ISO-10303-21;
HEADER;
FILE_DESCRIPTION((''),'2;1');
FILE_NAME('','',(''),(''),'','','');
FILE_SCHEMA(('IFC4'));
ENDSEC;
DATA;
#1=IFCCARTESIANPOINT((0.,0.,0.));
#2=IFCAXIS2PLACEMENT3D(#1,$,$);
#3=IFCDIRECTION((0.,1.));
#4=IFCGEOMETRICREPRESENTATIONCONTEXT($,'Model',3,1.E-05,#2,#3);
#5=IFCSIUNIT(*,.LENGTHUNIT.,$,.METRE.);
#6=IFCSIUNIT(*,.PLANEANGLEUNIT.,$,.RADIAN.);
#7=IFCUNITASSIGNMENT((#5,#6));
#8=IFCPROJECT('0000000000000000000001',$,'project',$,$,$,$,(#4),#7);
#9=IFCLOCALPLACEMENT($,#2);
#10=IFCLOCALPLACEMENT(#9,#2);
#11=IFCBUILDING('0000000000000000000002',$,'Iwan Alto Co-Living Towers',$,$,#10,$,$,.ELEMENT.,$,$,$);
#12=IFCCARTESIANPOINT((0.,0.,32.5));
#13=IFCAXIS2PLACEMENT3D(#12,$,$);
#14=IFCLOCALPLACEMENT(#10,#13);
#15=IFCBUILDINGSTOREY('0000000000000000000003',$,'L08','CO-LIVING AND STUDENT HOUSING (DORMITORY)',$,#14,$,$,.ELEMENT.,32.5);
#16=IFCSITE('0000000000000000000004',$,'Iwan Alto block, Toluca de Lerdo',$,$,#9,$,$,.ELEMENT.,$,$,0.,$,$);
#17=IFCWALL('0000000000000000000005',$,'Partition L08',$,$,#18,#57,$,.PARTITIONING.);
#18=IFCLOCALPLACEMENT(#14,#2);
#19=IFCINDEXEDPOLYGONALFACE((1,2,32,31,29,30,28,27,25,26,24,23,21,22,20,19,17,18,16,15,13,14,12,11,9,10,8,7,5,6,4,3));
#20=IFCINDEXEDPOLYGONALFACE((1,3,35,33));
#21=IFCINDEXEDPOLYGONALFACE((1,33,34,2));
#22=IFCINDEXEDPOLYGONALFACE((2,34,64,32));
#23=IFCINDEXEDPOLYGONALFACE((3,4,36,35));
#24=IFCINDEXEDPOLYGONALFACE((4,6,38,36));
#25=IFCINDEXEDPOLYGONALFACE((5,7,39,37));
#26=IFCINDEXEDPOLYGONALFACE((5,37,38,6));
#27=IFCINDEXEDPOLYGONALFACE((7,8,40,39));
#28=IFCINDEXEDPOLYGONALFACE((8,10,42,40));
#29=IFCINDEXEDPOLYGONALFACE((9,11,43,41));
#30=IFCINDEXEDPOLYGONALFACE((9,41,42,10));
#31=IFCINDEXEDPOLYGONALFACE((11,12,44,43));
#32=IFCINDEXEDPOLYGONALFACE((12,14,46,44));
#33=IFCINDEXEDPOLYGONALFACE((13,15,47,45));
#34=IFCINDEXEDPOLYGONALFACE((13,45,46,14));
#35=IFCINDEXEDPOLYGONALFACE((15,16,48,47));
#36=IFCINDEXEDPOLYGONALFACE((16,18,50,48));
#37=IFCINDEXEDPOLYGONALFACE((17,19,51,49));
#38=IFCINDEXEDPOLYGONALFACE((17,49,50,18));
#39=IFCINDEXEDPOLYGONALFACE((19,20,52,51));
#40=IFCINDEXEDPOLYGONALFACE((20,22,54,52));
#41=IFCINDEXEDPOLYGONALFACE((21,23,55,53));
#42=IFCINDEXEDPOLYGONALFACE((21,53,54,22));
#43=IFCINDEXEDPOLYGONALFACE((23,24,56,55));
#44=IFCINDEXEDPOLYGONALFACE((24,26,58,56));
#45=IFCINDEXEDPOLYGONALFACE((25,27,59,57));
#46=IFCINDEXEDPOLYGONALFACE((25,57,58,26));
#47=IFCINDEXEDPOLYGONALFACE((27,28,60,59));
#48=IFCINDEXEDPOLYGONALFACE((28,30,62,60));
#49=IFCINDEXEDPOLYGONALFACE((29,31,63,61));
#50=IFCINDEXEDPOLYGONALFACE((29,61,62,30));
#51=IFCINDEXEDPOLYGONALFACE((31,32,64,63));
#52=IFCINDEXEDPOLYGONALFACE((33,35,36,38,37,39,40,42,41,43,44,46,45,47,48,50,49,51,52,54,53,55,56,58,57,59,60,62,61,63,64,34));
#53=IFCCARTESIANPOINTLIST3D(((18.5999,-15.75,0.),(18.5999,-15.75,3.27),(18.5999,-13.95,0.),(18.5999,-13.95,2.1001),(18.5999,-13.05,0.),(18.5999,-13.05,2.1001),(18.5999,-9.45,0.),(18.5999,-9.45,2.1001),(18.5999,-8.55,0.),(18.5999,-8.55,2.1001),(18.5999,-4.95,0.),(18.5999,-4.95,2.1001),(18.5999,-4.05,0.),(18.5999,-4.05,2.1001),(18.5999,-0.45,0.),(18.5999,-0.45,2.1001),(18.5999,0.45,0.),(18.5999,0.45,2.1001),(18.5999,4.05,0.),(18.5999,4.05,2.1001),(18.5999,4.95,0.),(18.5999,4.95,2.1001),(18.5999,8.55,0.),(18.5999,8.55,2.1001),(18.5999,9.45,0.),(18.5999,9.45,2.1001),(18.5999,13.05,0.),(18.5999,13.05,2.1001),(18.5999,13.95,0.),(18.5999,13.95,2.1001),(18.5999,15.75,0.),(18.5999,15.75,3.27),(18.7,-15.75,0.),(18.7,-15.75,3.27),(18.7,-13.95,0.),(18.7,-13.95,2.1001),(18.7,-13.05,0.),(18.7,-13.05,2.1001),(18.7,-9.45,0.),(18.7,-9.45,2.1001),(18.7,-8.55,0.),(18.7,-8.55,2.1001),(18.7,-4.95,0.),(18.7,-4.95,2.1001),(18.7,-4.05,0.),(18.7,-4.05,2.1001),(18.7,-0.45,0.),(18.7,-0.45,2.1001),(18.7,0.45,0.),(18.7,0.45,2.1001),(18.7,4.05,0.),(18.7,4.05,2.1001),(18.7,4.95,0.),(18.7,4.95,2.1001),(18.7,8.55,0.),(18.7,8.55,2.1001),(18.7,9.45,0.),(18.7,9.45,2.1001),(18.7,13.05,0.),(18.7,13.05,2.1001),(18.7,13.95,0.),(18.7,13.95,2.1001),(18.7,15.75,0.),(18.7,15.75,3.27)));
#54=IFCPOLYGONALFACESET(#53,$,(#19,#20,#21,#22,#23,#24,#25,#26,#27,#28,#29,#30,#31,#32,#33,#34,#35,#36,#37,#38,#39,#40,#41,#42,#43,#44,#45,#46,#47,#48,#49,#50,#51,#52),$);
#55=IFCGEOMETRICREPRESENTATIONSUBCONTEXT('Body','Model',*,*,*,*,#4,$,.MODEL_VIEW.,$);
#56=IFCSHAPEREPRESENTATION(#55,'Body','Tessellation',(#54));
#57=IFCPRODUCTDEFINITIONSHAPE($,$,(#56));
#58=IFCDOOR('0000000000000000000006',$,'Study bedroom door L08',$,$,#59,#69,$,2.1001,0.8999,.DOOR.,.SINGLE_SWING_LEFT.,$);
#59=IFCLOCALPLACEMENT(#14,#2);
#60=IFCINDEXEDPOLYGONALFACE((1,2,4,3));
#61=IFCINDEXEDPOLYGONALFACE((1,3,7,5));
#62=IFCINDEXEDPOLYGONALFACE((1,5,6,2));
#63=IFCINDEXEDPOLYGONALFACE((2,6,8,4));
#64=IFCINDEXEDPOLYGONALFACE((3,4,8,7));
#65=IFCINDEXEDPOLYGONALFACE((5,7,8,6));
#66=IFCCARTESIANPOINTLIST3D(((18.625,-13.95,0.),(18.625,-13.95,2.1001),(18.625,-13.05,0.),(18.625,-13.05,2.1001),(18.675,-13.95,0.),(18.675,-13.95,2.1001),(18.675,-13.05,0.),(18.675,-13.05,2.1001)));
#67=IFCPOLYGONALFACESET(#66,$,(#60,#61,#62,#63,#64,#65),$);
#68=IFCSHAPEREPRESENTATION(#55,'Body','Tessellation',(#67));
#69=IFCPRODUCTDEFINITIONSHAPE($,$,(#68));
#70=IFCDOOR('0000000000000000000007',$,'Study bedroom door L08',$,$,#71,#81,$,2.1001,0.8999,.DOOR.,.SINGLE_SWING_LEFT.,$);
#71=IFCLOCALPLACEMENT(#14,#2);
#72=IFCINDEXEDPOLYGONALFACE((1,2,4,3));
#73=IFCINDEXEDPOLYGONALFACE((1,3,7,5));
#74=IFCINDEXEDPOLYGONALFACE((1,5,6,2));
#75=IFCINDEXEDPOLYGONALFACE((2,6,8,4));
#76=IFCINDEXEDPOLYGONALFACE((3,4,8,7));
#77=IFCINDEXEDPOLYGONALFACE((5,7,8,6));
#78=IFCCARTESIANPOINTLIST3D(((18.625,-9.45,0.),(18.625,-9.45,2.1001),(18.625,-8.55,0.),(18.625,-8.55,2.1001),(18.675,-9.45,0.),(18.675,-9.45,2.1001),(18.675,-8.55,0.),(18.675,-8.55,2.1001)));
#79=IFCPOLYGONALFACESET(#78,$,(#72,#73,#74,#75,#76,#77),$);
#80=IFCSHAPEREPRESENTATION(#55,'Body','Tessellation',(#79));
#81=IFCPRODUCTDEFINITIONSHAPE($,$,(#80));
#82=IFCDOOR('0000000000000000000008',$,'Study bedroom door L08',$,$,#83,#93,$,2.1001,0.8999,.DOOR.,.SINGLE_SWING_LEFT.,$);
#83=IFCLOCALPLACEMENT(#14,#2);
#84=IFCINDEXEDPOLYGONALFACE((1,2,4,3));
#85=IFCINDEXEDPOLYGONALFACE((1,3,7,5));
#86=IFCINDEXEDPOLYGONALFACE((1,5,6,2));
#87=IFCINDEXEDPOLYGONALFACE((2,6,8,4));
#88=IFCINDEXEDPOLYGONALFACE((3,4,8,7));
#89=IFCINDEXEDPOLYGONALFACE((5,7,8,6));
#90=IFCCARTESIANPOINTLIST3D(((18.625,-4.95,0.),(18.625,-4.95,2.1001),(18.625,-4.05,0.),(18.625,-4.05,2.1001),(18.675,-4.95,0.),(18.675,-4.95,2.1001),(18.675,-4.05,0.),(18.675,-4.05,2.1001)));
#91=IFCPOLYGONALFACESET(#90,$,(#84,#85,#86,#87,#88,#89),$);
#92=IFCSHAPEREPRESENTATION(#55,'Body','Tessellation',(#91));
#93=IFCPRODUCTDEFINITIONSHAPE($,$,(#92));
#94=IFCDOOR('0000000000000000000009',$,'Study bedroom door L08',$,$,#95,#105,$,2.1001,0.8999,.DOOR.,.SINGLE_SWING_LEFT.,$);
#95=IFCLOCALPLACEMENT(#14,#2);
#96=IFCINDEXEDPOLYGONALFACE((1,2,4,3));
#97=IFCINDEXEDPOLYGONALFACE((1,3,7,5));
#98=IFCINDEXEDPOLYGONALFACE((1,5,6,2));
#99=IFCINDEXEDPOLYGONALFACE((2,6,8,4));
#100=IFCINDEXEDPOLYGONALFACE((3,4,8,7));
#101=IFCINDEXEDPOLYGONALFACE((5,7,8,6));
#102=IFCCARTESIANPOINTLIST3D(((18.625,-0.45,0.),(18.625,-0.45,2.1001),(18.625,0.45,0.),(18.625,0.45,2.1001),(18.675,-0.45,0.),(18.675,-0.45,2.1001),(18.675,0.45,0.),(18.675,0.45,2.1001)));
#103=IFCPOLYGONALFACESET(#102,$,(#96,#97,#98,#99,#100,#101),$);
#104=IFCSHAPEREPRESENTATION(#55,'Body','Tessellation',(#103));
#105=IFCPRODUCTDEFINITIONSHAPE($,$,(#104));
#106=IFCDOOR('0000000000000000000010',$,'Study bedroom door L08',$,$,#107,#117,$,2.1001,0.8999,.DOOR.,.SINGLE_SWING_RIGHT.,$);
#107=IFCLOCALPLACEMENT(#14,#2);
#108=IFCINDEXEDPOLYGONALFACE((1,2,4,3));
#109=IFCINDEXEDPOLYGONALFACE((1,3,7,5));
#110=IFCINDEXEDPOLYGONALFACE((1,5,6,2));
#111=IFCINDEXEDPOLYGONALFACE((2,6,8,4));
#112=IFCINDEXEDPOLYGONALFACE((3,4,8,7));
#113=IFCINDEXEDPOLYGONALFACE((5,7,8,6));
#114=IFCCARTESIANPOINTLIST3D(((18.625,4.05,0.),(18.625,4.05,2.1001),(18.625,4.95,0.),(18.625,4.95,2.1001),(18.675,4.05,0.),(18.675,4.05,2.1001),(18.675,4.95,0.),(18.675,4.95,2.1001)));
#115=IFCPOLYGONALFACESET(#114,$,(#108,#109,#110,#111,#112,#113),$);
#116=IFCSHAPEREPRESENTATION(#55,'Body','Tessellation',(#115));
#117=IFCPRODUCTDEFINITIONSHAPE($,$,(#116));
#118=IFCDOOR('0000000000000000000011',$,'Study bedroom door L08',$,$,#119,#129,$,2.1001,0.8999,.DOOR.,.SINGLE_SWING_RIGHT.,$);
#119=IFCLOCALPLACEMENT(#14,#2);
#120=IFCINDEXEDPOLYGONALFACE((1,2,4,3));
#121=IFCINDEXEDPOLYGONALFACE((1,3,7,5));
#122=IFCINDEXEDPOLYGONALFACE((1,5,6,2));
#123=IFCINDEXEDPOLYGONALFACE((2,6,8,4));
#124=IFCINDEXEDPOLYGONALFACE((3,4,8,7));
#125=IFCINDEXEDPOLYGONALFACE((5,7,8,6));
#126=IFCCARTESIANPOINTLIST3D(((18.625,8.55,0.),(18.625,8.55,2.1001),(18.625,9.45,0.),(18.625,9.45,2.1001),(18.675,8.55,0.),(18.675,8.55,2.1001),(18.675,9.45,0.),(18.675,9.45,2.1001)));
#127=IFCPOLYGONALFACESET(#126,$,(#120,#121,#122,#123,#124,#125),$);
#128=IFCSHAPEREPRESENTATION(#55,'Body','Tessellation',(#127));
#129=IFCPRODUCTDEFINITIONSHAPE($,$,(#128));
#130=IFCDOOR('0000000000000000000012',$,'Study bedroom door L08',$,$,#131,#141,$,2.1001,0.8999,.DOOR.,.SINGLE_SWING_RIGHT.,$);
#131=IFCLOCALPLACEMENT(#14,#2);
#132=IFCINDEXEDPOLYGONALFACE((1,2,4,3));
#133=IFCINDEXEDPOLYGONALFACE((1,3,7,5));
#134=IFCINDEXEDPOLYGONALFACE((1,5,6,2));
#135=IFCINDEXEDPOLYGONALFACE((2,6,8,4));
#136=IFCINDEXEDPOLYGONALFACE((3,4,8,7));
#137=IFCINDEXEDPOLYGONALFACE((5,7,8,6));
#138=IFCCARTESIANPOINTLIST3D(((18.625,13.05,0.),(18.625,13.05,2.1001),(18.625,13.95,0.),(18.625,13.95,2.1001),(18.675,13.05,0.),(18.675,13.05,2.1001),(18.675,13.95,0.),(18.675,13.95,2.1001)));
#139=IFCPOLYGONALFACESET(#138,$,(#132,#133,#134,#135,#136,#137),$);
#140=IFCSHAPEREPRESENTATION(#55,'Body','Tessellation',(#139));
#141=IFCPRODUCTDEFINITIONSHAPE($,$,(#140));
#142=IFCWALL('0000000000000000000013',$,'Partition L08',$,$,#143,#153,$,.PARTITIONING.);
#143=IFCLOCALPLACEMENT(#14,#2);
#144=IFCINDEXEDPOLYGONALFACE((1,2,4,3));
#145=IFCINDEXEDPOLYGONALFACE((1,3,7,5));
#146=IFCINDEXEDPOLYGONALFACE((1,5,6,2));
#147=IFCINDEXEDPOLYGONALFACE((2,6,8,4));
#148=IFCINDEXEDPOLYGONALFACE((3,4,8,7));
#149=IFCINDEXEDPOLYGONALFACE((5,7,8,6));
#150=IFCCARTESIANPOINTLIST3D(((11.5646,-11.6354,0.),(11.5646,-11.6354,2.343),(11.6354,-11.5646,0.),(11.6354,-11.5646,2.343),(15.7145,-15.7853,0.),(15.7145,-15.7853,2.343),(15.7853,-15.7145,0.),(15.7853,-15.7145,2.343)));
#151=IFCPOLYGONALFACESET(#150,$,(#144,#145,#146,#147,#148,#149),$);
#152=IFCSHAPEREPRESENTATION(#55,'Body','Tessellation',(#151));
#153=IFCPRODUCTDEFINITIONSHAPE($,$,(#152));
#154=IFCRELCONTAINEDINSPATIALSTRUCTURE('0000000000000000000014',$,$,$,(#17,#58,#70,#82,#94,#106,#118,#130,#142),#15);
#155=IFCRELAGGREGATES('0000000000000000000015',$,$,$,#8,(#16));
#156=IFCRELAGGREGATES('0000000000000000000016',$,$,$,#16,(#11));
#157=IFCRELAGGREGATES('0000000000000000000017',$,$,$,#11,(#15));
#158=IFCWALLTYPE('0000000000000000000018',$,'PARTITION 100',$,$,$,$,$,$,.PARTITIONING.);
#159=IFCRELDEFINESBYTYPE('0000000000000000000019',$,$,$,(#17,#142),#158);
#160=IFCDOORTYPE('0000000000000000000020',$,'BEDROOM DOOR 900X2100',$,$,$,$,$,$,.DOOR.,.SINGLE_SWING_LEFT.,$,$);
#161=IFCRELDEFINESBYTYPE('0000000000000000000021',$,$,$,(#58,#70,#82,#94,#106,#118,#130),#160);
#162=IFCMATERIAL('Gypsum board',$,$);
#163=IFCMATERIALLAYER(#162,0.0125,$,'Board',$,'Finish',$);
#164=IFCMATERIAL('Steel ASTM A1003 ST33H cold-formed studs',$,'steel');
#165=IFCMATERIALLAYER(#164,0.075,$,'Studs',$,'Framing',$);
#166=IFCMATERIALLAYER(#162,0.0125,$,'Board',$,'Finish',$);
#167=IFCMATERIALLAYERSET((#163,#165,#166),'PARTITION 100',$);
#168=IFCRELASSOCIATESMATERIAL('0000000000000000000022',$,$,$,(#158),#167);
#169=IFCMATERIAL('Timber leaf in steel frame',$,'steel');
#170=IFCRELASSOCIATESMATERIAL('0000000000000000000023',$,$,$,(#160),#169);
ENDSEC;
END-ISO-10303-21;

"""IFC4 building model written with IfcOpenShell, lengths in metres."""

from ifc_helpers import new_model, si_unit, direction, frame, frame_2d, origin, place, context, subcontext, project, spatial, rectangle, extrude, material, layer, layer_set, type_object, element, fill, save


model = new_model("IFC4")

# Units and contexts
model_context = context("Model", 3, precision=1e-05, world=origin(), true_north=direction((0.0, 1.0)))
body_context = subcontext(model_context, "Body", "Model", "MODEL_VIEW")
ifc_project = project(units=[si_unit("LENGTHUNIT", "METRE"), si_unit("PLANEANGLEUNIT", "RADIAN")], contexts=[model_context])

# Site, building, storey
site_placement = place(None, origin())
site = spatial("IfcSite", under=ifc_project, at=site_placement, Name="Iwan Alto block, Toluca de Lerdo", CompositionType="ELEMENT", RefElevation=0.0)
building_placement = place(site_placement, origin())
building = spatial("IfcBuilding", under=site, at=building_placement, Name="Iwan Alto Co-Living Towers", CompositionType="ELEMENT")
storey_placement = place(building_placement, frame((0.0, 0.0, 32.5)))
storey = spatial("IfcBuildingStorey", under=building, at=storey_placement, Name="L08", Description="CO-LIVING AND STUDENT HOUSING (DORMITORY)", CompositionType="ELEMENT", Elevation=32.5)

# Shared definitions
ifc_material_1 = material(Name="Gypsum board")
ifc_material_2 = material(Name="Steel ASTM A1003 ST33H cold-formed studs", Category="steel")
ifc_layer_1 = layer(ifc_material_1, 0.0125, Name="Board", Category="Finish")
ifc_layer_2 = layer(ifc_material_2, 0.075, Name="Studs", Category="Framing")
ifc_layer_3 = layer(ifc_material_1, 0.0125, Name="Board", Category="Finish")
ifc_layer_set_1 = layer_set([ifc_layer_1, ifc_layer_2, ifc_layer_3], Name="PARTITION 100")
wall_type_1 = type_object("IfcWallType", Name="PARTITION 100", PredefinedType="PARTITIONING", material=ifc_layer_set_1)

# Wall, openings, doors
wall_1_placement = place(storey_placement, frame((18.6499, -15.75, 0.0), z_axis=(0.0, 0.0, 1.0), x_axis=(0.0, 1.0, 0.0)))
wall_1 = element("IfcWall", 1, at=wall_1_placement, inside=storey, type_object=wall_type_1, Name="Partition L08", PredefinedType="PARTITIONING", context=body_context, shape_type="SweptSolid", body=[
    extrude(rectangle(XDim=31.5, YDim=0.1001, at=frame_2d((15.75, 0.0))), origin(), (0.0, 0.0, 1.0), 3.27),
])
opening_1_placement = place(wall_1_placement, frame((1.8, 0.0, 0.0)))
opening_1 = element("IfcOpeningElement", 2, at=opening_1_placement, cuts=wall_1, PredefinedType="OPENING", context=body_context, shape_type="SweptSolid", body=[
    extrude(rectangle(XDim=0.8999, YDim=2.1001, at=frame_2d((0.45, 1.05))), frame((0.0, 0.0601, 0.0), z_axis=(0.0, -1.0, 0.0), x_axis=(1.0, 0.0, 0.0)), (0.0, 0.0, 1.0), 0.1201),
])
opening_2_placement = place(wall_1_placement, frame((6.3, 0.0, 0.0)))
opening_2 = element("IfcOpeningElement", 3, at=opening_2_placement, cuts=wall_1, PredefinedType="OPENING", context=body_context, shape_type="SweptSolid", body=[
    extrude(rectangle(XDim=0.8999, YDim=2.1001, at=frame_2d((0.45, 1.05))), frame((0.0, 0.0601, 0.0), z_axis=(0.0, -1.0, 0.0), x_axis=(1.0, 0.0, 0.0)), (0.0, 0.0, 1.0), 0.1201),
])
opening_3_placement = place(wall_1_placement, frame((10.8, 0.0, 0.0)))
opening_3 = element("IfcOpeningElement", 4, at=opening_3_placement, cuts=wall_1, PredefinedType="OPENING", context=body_context, shape_type="SweptSolid", body=[
    extrude(rectangle(XDim=0.8999, YDim=2.1001, at=frame_2d((0.45, 1.05))), frame((0.0, 0.0601, 0.0), z_axis=(0.0, -1.0, 0.0), x_axis=(1.0, 0.0, 0.0)), (0.0, 0.0, 1.0), 0.1201),
])
opening_4_placement = place(wall_1_placement, frame((15.3, 0.0, 0.0)))
opening_4 = element("IfcOpeningElement", 5, at=opening_4_placement, cuts=wall_1, PredefinedType="OPENING", context=body_context, shape_type="SweptSolid", body=[
    extrude(rectangle(XDim=0.8999, YDim=2.1001, at=frame_2d((0.45, 1.05))), frame((0.0, 0.0601, 0.0), z_axis=(0.0, -1.0, 0.0), x_axis=(1.0, 0.0, 0.0)), (0.0, 0.0, 1.0), 0.1201),
])
opening_5_placement = place(wall_1_placement, frame((19.8, 0.0, 0.0)))
opening_5 = element("IfcOpeningElement", 6, at=opening_5_placement, cuts=wall_1, PredefinedType="OPENING", context=body_context, shape_type="SweptSolid", body=[
    extrude(rectangle(XDim=0.8999, YDim=2.1001, at=frame_2d((0.45, 1.05))), frame((0.0, 0.0601, 0.0), z_axis=(0.0, -1.0, 0.0), x_axis=(1.0, 0.0, 0.0)), (0.0, 0.0, 1.0), 0.1201),
])
opening_6_placement = place(wall_1_placement, frame((24.3, 0.0, 0.0)))
opening_6 = element("IfcOpeningElement", 7, at=opening_6_placement, cuts=wall_1, PredefinedType="OPENING", context=body_context, shape_type="SweptSolid", body=[
    extrude(rectangle(XDim=0.8999, YDim=2.1001, at=frame_2d((0.45, 1.05))), frame((0.0, 0.0601, 0.0), z_axis=(0.0, -1.0, 0.0), x_axis=(1.0, 0.0, 0.0)), (0.0, 0.0, 1.0), 0.1201),
])
opening_7_placement = place(wall_1_placement, frame((28.8, 0.0, 0.0)))
opening_7 = element("IfcOpeningElement", 8, at=opening_7_placement, cuts=wall_1, PredefinedType="OPENING", context=body_context, shape_type="SweptSolid", body=[
    extrude(rectangle(XDim=0.8999, YDim=2.1001, at=frame_2d((0.45, 1.05))), frame((0.0, 0.0601, 0.0), z_axis=(0.0, -1.0, 0.0), x_axis=(1.0, 0.0, 0.0)), (0.0, 0.0, 1.0), 0.1201),
])
ifc_material_3 = material(Name="Timber leaf in steel frame", Category="steel")
door_type_1 = type_object("IfcDoorType", Name="BEDROOM DOOR 900X2100", OperationType="SINGLE_SWING_LEFT", PredefinedType="DOOR", material=ifc_material_3)
door_1_placement = place(opening_1_placement, origin())
door_1 = element("IfcDoor", 9, at=door_1_placement, inside=storey, type_object=door_type_1, Name="Study bedroom door L08", OperationType="SINGLE_SWING_LEFT", OverallHeight=2.1001, OverallWidth=0.8999, PredefinedType="DOOR", context=body_context, shape_type="SweptSolid", body=[
    extrude(rectangle(XDim=0.8999, YDim=2.1001, at=frame_2d((0.45, 1.05))), frame((0.0, 0.0249, 0.0), z_axis=(0.0, -1.0, 0.0), x_axis=(1.0, 0.0, 0.0)), (0.0, 0.0, 1.0), 0.05),
])
fill(opening_1, door_1)
door_2_placement = place(opening_2_placement, origin())
door_2 = element("IfcDoor", 10, at=door_2_placement, inside=storey, type_object=door_type_1, Name="Study bedroom door L08", OperationType="SINGLE_SWING_LEFT", OverallHeight=2.1001, OverallWidth=0.8999, PredefinedType="DOOR", context=body_context, shape_type="SweptSolid", body=[
    extrude(rectangle(XDim=0.8999, YDim=2.1001, at=frame_2d((0.45, 1.05))), frame((0.0, 0.0249, 0.0), z_axis=(0.0, -1.0, 0.0), x_axis=(1.0, 0.0, 0.0)), (0.0, 0.0, 1.0), 0.05),
])
fill(opening_2, door_2)
door_3_placement = place(opening_3_placement, origin())
door_3 = element("IfcDoor", 11, at=door_3_placement, inside=storey, type_object=door_type_1, Name="Study bedroom door L08", OperationType="SINGLE_SWING_LEFT", OverallHeight=2.1001, OverallWidth=0.8999, PredefinedType="DOOR", context=body_context, shape_type="SweptSolid", body=[
    extrude(rectangle(XDim=0.8999, YDim=2.1001, at=frame_2d((0.45, 1.05))), frame((0.0, 0.0249, 0.0), z_axis=(0.0, -1.0, 0.0), x_axis=(1.0, 0.0, 0.0)), (0.0, 0.0, 1.0), 0.05),
])
fill(opening_3, door_3)
door_4_placement = place(opening_4_placement, origin())
door_4 = element("IfcDoor", 12, at=door_4_placement, inside=storey, type_object=door_type_1, Name="Study bedroom door L08", OperationType="SINGLE_SWING_LEFT", OverallHeight=2.1001, OverallWidth=0.8999, PredefinedType="DOOR", context=body_context, shape_type="SweptSolid", body=[
    extrude(rectangle(XDim=0.8999, YDim=2.1001, at=frame_2d((0.45, 1.05))), frame((0.0, 0.0249, 0.0), z_axis=(0.0, -1.0, 0.0), x_axis=(1.0, 0.0, 0.0)), (0.0, 0.0, 1.0), 0.05),
])
fill(opening_4, door_4)
door_5_placement = place(opening_5_placement, origin())
door_5 = element("IfcDoor", 13, at=door_5_placement, inside=storey, type_object=door_type_1, Name="Study bedroom door L08", OperationType="SINGLE_SWING_RIGHT", OverallHeight=2.1001, OverallWidth=0.8999, PredefinedType="DOOR", context=body_context, shape_type="SweptSolid", body=[
    extrude(rectangle(XDim=0.8999, YDim=2.1001, at=frame_2d((0.45, 1.05))), frame((0.0, 0.0249, 0.0), z_axis=(0.0, -1.0, 0.0), x_axis=(1.0, 0.0, 0.0)), (0.0, 0.0, 1.0), 0.05),
])
fill(opening_5, door_5)
door_6_placement = place(opening_6_placement, origin())
door_6 = element("IfcDoor", 14, at=door_6_placement, inside=storey, type_object=door_type_1, Name="Study bedroom door L08", OperationType="SINGLE_SWING_RIGHT", OverallHeight=2.1001, OverallWidth=0.8999, PredefinedType="DOOR", context=body_context, shape_type="SweptSolid", body=[
    extrude(rectangle(XDim=0.8999, YDim=2.1001, at=frame_2d((0.45, 1.05))), frame((0.0, 0.0249, 0.0), z_axis=(0.0, -1.0, 0.0), x_axis=(1.0, 0.0, 0.0)), (0.0, 0.0, 1.0), 0.05),
])
fill(opening_6, door_6)
door_7_placement = place(opening_7_placement, origin())
door_7 = element("IfcDoor", 15, at=door_7_placement, inside=storey, type_object=door_type_1, Name="Study bedroom door L08", OperationType="SINGLE_SWING_RIGHT", OverallHeight=2.1001, OverallWidth=0.8999, PredefinedType="DOOR", context=body_context, shape_type="SweptSolid", body=[
    extrude(rectangle(XDim=0.8999, YDim=2.1001, at=frame_2d((0.45, 1.05))), frame((0.0, 0.0249, 0.0), z_axis=(0.0, -1.0, 0.0), x_axis=(1.0, 0.0, 0.0)), (0.0, 0.0, 1.0), 0.05),
])
fill(opening_7, door_7)

# Wall
wall_2_placement = place(storey_placement, frame((15.75, -15.75, 0.0), z_axis=(0.0, 0.0, 1.0), x_axis=(-0.707107, 0.707107, 0.0)))
element("IfcWall", 16, at=wall_2_placement, inside=storey, type_object=wall_type_1, Name="Partition L08", PredefinedType="PARTITIONING", context=body_context, shape_type="SweptSolid", body=[
    extrude(rectangle(XDim=5.8689, YDim=0.1001, at=frame_2d((2.9346, 0.0))), origin(), (0.0, 0.0, 1.0), 2.343),
])

save(model, "model.ifc")
